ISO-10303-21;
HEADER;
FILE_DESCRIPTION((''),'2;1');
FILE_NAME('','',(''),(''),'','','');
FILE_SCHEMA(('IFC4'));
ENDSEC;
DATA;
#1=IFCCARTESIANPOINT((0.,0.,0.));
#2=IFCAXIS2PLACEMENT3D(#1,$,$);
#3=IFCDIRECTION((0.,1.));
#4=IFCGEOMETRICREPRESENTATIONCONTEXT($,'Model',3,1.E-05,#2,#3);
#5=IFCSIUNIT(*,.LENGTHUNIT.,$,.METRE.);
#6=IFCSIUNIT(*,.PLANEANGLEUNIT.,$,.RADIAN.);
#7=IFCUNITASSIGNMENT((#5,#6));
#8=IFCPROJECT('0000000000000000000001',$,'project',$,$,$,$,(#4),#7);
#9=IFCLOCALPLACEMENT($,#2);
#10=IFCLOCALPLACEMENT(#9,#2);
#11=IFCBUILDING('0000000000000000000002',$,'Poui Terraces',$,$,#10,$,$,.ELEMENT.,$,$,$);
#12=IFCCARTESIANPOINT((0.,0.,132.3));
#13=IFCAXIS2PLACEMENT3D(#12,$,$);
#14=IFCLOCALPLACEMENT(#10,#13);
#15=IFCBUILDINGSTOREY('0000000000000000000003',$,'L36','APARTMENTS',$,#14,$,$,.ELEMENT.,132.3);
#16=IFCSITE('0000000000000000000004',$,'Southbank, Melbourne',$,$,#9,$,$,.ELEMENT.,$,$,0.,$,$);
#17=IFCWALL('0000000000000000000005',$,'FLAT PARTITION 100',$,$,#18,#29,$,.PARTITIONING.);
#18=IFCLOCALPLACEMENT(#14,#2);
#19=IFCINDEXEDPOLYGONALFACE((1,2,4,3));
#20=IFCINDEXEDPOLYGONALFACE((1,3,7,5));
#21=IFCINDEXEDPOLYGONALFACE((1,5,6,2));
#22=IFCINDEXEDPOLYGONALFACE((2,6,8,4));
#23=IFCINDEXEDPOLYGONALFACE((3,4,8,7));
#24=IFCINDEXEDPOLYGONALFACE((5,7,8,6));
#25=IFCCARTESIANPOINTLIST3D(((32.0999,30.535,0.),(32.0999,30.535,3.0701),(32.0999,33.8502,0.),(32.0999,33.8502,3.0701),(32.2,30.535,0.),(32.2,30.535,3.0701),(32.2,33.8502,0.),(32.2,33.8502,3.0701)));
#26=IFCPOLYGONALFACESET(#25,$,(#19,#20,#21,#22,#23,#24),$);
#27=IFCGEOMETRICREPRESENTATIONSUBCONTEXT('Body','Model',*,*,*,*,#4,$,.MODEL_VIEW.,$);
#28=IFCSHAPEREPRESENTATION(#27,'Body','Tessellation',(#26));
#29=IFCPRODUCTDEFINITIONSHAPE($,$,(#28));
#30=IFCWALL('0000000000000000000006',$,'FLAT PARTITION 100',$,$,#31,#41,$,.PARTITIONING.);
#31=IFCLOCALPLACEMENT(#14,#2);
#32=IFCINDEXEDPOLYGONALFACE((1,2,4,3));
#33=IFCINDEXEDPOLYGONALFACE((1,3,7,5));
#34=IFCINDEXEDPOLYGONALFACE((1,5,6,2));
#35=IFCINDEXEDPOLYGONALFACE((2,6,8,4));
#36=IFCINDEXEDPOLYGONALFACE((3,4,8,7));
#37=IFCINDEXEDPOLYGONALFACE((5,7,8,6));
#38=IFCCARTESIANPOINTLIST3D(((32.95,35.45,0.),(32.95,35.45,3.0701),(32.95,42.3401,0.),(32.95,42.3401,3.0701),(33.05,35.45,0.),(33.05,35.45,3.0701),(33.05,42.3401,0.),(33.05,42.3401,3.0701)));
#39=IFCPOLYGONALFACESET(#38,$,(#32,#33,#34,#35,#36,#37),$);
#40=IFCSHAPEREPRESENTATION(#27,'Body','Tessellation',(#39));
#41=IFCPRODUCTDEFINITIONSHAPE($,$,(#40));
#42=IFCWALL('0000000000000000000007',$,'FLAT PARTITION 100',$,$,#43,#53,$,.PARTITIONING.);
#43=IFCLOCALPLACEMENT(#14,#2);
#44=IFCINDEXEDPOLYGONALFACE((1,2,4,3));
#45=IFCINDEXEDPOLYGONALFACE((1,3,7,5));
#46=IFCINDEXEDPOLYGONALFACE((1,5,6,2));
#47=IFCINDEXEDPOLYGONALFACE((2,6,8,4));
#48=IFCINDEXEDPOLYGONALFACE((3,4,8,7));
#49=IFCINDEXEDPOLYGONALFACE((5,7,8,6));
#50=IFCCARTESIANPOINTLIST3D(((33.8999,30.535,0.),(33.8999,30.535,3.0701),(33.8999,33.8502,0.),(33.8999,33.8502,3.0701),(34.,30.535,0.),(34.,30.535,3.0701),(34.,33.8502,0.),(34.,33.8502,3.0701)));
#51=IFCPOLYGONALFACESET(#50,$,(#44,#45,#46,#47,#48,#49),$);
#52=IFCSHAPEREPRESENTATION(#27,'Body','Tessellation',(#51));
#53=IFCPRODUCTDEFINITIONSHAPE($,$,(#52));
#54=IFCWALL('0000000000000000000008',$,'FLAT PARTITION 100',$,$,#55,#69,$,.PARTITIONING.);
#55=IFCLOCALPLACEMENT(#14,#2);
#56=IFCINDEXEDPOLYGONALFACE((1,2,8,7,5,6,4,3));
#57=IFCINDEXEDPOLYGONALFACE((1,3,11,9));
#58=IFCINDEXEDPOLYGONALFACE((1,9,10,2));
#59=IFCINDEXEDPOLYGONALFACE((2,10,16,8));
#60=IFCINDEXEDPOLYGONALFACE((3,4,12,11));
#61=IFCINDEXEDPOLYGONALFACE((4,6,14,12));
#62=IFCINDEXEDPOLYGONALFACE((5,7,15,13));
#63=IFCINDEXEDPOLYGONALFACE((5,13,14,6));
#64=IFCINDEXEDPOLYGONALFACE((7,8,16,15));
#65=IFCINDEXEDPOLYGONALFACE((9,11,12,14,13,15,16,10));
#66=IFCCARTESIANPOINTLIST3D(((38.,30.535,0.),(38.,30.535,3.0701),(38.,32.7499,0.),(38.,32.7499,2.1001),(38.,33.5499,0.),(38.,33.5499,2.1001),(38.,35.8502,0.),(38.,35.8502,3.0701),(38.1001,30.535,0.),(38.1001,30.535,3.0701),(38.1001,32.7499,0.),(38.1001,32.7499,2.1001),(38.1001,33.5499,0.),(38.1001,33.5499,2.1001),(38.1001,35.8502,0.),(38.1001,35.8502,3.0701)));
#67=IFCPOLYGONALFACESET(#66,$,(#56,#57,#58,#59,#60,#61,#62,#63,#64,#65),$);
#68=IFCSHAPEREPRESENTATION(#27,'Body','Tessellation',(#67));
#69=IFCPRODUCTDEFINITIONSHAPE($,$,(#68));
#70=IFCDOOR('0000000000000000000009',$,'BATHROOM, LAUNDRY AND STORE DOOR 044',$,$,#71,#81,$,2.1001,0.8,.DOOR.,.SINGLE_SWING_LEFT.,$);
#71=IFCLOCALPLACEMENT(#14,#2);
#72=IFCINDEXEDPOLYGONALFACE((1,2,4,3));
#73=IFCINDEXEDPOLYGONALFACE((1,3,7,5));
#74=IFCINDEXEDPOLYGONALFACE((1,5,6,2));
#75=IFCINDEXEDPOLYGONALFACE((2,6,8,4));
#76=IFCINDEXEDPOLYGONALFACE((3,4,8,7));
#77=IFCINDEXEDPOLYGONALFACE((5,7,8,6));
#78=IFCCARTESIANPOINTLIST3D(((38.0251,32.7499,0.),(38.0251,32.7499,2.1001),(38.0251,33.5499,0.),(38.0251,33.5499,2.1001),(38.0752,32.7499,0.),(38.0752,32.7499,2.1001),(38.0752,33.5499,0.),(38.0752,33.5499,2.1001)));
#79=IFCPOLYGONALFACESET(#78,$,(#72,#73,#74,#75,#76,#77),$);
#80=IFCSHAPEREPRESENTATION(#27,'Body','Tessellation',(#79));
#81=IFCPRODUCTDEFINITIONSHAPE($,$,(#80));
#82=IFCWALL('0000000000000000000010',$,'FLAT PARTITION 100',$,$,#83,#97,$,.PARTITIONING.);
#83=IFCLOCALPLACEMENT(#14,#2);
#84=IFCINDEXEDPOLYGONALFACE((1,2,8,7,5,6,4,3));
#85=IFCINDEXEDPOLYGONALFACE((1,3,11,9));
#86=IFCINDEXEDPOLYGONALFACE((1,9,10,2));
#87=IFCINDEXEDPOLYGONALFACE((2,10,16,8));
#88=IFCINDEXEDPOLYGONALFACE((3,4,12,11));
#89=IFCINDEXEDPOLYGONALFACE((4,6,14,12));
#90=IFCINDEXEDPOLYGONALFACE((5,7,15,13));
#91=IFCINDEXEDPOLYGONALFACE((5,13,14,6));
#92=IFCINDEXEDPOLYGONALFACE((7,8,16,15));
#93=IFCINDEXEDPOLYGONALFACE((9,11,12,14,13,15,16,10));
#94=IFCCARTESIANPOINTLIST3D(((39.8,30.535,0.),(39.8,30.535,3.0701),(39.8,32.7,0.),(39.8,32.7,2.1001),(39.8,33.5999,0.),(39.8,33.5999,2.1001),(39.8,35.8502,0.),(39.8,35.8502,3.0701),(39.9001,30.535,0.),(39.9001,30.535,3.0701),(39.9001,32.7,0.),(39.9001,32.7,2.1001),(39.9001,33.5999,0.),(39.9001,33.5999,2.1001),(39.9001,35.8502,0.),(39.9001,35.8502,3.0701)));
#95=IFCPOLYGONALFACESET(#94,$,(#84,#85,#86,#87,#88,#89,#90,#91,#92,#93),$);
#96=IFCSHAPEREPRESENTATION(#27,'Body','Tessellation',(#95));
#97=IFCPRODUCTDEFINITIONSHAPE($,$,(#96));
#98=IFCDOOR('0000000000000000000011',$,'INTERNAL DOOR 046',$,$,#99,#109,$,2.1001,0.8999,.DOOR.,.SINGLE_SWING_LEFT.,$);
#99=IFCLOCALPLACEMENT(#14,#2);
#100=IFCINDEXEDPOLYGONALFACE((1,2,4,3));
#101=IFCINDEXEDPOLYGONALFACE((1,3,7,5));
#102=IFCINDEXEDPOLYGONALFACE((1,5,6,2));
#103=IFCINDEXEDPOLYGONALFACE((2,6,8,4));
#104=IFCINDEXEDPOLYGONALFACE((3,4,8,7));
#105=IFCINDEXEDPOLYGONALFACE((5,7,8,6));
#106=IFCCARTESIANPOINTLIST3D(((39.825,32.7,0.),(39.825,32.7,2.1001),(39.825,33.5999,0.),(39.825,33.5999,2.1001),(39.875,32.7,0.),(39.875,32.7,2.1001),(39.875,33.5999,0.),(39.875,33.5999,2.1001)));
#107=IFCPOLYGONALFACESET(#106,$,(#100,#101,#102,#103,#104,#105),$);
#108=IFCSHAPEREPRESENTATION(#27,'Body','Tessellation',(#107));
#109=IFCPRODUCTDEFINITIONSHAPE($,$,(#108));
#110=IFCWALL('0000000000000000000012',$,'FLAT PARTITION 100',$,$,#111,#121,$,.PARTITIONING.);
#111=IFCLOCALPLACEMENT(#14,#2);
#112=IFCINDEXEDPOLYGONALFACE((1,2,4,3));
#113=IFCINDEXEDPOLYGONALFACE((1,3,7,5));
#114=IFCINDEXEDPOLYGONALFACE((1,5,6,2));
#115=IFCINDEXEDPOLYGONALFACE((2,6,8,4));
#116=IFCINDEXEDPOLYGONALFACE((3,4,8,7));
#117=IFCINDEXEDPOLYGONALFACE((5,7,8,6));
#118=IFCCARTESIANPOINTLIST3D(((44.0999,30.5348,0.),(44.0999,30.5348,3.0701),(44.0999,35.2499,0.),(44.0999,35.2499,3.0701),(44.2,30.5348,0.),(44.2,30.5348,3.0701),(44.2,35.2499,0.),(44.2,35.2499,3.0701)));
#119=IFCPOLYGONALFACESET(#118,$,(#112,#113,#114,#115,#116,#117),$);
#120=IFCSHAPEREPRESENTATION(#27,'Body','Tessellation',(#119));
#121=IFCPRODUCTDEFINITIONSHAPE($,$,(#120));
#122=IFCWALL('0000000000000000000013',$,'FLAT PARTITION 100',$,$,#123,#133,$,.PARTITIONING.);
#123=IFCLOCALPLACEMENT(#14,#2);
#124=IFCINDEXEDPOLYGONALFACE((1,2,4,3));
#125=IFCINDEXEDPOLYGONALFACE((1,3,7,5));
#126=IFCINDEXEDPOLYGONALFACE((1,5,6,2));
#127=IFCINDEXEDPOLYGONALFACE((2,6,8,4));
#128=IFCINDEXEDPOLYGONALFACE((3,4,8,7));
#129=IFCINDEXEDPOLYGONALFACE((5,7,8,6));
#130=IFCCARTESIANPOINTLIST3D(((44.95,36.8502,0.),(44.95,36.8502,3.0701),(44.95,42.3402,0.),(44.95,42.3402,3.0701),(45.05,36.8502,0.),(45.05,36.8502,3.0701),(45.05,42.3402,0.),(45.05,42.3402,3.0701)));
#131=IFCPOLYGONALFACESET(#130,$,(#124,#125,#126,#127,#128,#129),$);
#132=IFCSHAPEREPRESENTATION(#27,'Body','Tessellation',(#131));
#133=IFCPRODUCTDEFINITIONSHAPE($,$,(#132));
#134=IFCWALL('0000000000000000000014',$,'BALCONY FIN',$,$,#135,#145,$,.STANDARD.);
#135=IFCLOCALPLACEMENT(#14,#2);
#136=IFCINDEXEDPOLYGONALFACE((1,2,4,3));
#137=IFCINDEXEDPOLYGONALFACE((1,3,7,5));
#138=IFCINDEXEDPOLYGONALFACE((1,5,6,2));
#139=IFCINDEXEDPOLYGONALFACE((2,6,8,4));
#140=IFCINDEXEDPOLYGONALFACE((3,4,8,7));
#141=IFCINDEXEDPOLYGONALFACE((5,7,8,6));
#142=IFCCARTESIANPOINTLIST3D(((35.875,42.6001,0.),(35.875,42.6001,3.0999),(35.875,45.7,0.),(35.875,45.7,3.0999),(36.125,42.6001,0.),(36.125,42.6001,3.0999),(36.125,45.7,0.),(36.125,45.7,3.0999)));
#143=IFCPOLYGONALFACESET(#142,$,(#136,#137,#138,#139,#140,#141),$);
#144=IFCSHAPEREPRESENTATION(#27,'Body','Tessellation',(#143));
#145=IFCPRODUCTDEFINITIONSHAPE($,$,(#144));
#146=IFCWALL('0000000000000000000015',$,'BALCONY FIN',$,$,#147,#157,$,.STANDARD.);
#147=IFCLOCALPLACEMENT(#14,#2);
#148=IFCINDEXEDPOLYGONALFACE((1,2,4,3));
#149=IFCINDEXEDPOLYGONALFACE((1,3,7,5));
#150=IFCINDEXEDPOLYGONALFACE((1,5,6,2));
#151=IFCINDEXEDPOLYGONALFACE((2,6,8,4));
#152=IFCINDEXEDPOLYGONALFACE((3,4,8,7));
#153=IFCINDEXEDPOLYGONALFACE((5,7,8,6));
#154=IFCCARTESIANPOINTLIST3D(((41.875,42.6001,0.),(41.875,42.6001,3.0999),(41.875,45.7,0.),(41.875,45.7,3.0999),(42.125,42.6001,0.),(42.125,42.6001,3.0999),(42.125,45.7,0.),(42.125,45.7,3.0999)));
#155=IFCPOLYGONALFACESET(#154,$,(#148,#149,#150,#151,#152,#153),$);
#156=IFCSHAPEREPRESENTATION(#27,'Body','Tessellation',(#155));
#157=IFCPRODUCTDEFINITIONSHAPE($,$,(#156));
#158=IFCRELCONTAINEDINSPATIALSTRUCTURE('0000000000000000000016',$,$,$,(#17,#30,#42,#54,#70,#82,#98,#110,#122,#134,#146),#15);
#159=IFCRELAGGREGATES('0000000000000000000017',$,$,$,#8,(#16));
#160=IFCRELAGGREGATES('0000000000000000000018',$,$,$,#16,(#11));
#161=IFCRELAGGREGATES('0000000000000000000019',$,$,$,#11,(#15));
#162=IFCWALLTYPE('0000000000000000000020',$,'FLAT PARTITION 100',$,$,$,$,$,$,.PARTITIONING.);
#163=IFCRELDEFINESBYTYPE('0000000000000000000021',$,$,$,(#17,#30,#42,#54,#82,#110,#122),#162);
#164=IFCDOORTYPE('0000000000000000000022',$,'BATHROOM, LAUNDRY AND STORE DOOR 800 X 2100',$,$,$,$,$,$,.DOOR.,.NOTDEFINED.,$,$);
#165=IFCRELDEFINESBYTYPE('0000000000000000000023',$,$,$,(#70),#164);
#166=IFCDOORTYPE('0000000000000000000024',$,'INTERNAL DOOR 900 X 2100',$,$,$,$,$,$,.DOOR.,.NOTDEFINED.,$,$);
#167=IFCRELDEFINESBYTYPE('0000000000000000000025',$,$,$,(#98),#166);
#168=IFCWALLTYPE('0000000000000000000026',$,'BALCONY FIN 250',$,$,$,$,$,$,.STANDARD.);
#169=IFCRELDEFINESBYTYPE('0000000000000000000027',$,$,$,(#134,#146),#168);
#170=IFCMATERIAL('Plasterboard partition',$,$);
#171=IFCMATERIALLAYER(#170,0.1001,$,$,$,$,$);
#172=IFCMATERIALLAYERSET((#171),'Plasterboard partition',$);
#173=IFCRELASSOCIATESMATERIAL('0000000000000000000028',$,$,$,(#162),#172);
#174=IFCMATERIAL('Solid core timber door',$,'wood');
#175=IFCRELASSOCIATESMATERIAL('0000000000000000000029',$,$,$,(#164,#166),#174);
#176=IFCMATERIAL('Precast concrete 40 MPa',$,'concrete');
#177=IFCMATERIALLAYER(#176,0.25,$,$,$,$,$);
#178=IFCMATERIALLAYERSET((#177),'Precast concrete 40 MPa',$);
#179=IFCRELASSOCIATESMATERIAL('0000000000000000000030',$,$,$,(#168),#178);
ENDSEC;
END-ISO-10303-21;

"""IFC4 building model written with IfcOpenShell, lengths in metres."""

from ifc_helpers import new_model, si_unit, direction, frame, frame_2d, origin, place, context, subcontext, project, spatial, polyline, rectangle, outline, extrude, source, transform, mapped, material, layer, layer_set, type_object, element, fill, save


model = new_model("IFC4")

# Units and contexts
model_context = context("Model", 3, precision=1e-05, world=origin(), true_north=direction((0.0, 1.0)))
body_context = subcontext(model_context, "Body", "Model", "MODEL_VIEW")
ifc_project = project(units=[si_unit("LENGTHUNIT", "METRE"), si_unit("PLANEANGLEUNIT", "RADIAN")], contexts=[model_context])

# Site, building, storey
site_placement = place(None, origin())
site = spatial("IfcSite", under=ifc_project, at=site_placement, Name="Southbank, Melbourne", CompositionType="ELEMENT", RefElevation=0.0)
building_placement = place(site_placement, origin())
building = spatial("IfcBuilding", under=site, at=building_placement, Name="Poui Terraces", CompositionType="ELEMENT")
storey_placement = place(building_placement, frame((0.0, 0.0, 132.3)))
storey = spatial("IfcBuildingStorey", under=building, at=storey_placement, Name="L36", Description="APARTMENTS", CompositionType="ELEMENT", Elevation=132.3)

# Shared definitions
ifc_material_1 = material(Name="Plasterboard partition")
ifc_layer_1 = layer(ifc_material_1, 0.1001)
ifc_layer_set_1 = layer_set([ifc_layer_1], Name="Plasterboard partition")
wall_type_1 = type_object("IfcWallType", Name="FLAT PARTITION 100", PredefinedType="PARTITIONING", material=ifc_layer_set_1)
ifc_material_2 = material(Name="Solid core timber door", Category="wood")
door_type_1 = type_object("IfcDoorType", Name="BATHROOM, LAUNDRY AND STORE DOOR 800 X 2100", OperationType="NOTDEFINED", PredefinedType="DOOR", material=ifc_material_2)
door_type_2 = type_object("IfcDoorType", Name="INTERNAL DOOR 900 X 2100", OperationType="NOTDEFINED", PredefinedType="DOOR", material=ifc_material_2)

# Walls
wall_1_placement = place(storey_placement, frame((32.1499, 30.5349, 0.0), z_axis=(0.0, 0.0, 1.0), x_axis=(0.0, 1.0, 0.0)))
element("IfcWall", 1, at=wall_1_placement, inside=storey, type_object=wall_type_1, Name="FLAT PARTITION 100", PredefinedType="PARTITIONING", context=body_context, shape_type="SweptSolid", body=[
    extrude(rectangle(XDim=3.3152, YDim=0.1001, at=frame_2d((1.6577, 0.0))), origin(), (0.0, 0.0, 1.0), 3.0701),
])
wall_2_placement = place(storey_placement, frame((33.0, 35.45, 0.0), z_axis=(0.0, 0.0, 1.0), x_axis=(0.0, 1.0, 0.0)))
element("IfcWall", 2, at=wall_2_placement, inside=storey, type_object=wall_type_1, Name="FLAT PARTITION 100", PredefinedType="PARTITIONING", context=body_context, shape_type="SweptSolid", body=[
    extrude(rectangle(XDim=6.8901, YDim=0.1001, at=frame_2d((3.4451, 0.0))), origin(), (0.0, 0.0, 1.0), 3.0701),
])
wall_3_placement = place(storey_placement, frame((33.95, 30.5349, 0.0), z_axis=(0.0, 0.0, 1.0), x_axis=(0.0, 1.0, 0.0)))
element("IfcWall", 3, at=wall_3_placement, inside=storey, type_object=wall_type_1, Name="FLAT PARTITION 100", PredefinedType="PARTITIONING", context=body_context, shape_type="SweptSolid", body=[
    extrude(rectangle(XDim=3.3152, YDim=0.1001, at=frame_2d((1.6577, 0.0))), origin(), (0.0, 0.0, 1.0), 3.0701),
])

# Walls, openings, doors
wall_4_placement = place(storey_placement, frame((38.05, 30.5349, 0.0), z_axis=(0.0, 0.0, 1.0), x_axis=(0.0, 1.0, 0.0)))
wall_4 = element("IfcWall", 4, at=wall_4_placement, inside=storey, type_object=wall_type_1, Name="FLAT PARTITION 100", PredefinedType="PARTITIONING", context=body_context, shape_type="SweptSolid", body=[
    extrude(rectangle(XDim=5.3152, YDim=0.1001, at=frame_2d((2.6577, 0.0))), origin(), (0.0, 0.0, 1.0), 3.0701),
])
opening_1_placement = place(wall_4_placement, frame((2.2151, 0.0, 0.0)))
opening_1 = element("IfcOpeningElement", 5, at=opening_1_placement, cuts=wall_4, PredefinedType="OPENING", context=body_context, shape_type="SweptSolid", body=[
    extrude(rectangle(XDim=0.8, YDim=2.1001, at=frame_2d((0.3999, 1.05))), frame((0.0, 0.0601, 0.0), z_axis=(0.0, -1.0, 0.0), x_axis=(1.0, 0.0, 0.0)), (0.0, 0.0, 1.0), 0.1201),
])
door_1_placement = place(opening_1_placement, origin())
door_1 = element("IfcDoor", 6, at=door_1_placement, inside=storey, type_object=door_type_1, Name="BATHROOM, LAUNDRY AND STORE DOOR 044", OperationType="SINGLE_SWING_LEFT", OverallHeight=2.1001, OverallWidth=0.8, PredefinedType="DOOR", context=body_context, shape_type="SweptSolid", body=[
    extrude(rectangle(XDim=0.8, YDim=2.1001, at=frame_2d((0.3999, 1.05))), frame((0.0, 0.0249, 0.0), z_axis=(0.0, -1.0, 0.0), x_axis=(1.0, 0.0, 0.0)), (0.0, 0.0, 1.0), 0.05),
])
fill(opening_1, door_1)
wall_5_placement = place(storey_placement, frame((39.8501, 30.5349, 0.0), z_axis=(0.0, 0.0, 1.0), x_axis=(0.0, 1.0, 0.0)))
wall_5 = element("IfcWall", 7, at=wall_5_placement, inside=storey, type_object=wall_type_1, Name="FLAT PARTITION 100", PredefinedType="PARTITIONING", context=body_context, shape_type="SweptSolid", body=[
    extrude(rectangle(XDim=5.3152, YDim=0.1001, at=frame_2d((2.6577, 0.0))), origin(), (0.0, 0.0, 1.0), 3.0701),
])
opening_2_placement = place(wall_5_placement, frame((2.165, 0.0, 0.0)))
opening_2 = element("IfcOpeningElement", 8, at=opening_2_placement, cuts=wall_5, PredefinedType="OPENING", context=body_context, shape_type="SweptSolid", body=[
    extrude(rectangle(XDim=0.8999, YDim=2.1001, at=frame_2d((0.45, 1.05))), frame((0.0, 0.0601, 0.0), z_axis=(0.0, -1.0, 0.0), x_axis=(1.0, 0.0, 0.0)), (0.0, 0.0, 1.0), 0.1201),
])
door_2_placement = place(opening_2_placement, frame((0.8999, 0.0, 0.0), z_axis=(0.0, 0.0, 1.0), x_axis=(-1.0, 0.0, 0.0)))
door_2 = element("IfcDoor", 9, at=door_2_placement, inside=storey, type_object=door_type_2, Name="INTERNAL DOOR 046", OperationType="SINGLE_SWING_LEFT", OverallHeight=2.1001, OverallWidth=0.8999, PredefinedType="DOOR", context=body_context, shape_type="SweptSolid", body=[
    extrude(rectangle(XDim=0.8999, YDim=2.1001, at=frame_2d((0.45, 1.05))), frame((0.0, 0.0249, 0.0), z_axis=(0.0, -1.0, 0.0), x_axis=(1.0, 0.0, 0.0)), (0.0, 0.0, 1.0), 0.05),
])
fill(opening_2, door_2)

# Walls
wall_6_placement = place(storey_placement, frame((44.1499, 30.5349, 0.0), z_axis=(0.0, 0.0, 1.0), x_axis=(0.0, 1.0, 0.0)))
element("IfcWall", 10, at=wall_6_placement, inside=storey, type_object=wall_type_1, Name="FLAT PARTITION 100", PredefinedType="PARTITIONING", context=body_context, shape_type="SweptSolid", body=[
    extrude(rectangle(XDim=4.7151, YDim=0.1001, at=frame_2d((2.3574, 0.0))), origin(), (0.0, 0.0, 1.0), 3.0701),
])
wall_7_placement = place(storey_placement, frame((45.0, 36.8501, 0.0), z_axis=(0.0, 0.0, 1.0), x_axis=(0.0, 1.0, 0.0)))
element("IfcWall", 11, at=wall_7_placement, inside=storey, type_object=wall_type_1, Name="FLAT PARTITION 100", PredefinedType="PARTITIONING", context=body_context, shape_type="SweptSolid", body=[
    extrude(rectangle(XDim=5.49, YDim=0.1001, at=frame_2d((2.7451, 0.0))), origin(), (0.0, 0.0, 1.0), 3.0701),
])
ifc_material_3 = material(Name="Precast concrete 40 MPa", Category="concrete")
ifc_layer_2 = layer(ifc_material_3, 0.25)
ifc_layer_set_2 = layer_set([ifc_layer_2], Name="Precast concrete 40 MPa")
wall_type_2 = type_object("IfcWallType", Name="BALCONY FIN 250", PredefinedType="STANDARD", material=ifc_layer_set_2)
shared_shape_1 = source(origin(), body_context, "Body", "SweptSolid", [
    extrude(outline(polyline([(0.0, 0.0), (0.25, 0.0), (0.25, 3.0999), (0.0, 3.0999), (0.0, 0.0)])), origin(), (0.0, 0.0, 1.0), 3.0999),
])
for number, where, name in (
    (12, (35.875, 42.6001, 0.0), "BALCONY FIN"),
    (13, (41.875, 42.6001, 0.0), "BALCONY FIN"),
):
    element("IfcWall", number, at=place(storey_placement, frame(where)), inside=storey, type_object=wall_type_2, Name=name, PredefinedType="STANDARD", context=body_context, shape_type="MappedRepresentation", body=[
        mapped(shared_shape_1, transform((0.0, 0.0, 0.0))),
    ])

save(model, "model.ifc")
